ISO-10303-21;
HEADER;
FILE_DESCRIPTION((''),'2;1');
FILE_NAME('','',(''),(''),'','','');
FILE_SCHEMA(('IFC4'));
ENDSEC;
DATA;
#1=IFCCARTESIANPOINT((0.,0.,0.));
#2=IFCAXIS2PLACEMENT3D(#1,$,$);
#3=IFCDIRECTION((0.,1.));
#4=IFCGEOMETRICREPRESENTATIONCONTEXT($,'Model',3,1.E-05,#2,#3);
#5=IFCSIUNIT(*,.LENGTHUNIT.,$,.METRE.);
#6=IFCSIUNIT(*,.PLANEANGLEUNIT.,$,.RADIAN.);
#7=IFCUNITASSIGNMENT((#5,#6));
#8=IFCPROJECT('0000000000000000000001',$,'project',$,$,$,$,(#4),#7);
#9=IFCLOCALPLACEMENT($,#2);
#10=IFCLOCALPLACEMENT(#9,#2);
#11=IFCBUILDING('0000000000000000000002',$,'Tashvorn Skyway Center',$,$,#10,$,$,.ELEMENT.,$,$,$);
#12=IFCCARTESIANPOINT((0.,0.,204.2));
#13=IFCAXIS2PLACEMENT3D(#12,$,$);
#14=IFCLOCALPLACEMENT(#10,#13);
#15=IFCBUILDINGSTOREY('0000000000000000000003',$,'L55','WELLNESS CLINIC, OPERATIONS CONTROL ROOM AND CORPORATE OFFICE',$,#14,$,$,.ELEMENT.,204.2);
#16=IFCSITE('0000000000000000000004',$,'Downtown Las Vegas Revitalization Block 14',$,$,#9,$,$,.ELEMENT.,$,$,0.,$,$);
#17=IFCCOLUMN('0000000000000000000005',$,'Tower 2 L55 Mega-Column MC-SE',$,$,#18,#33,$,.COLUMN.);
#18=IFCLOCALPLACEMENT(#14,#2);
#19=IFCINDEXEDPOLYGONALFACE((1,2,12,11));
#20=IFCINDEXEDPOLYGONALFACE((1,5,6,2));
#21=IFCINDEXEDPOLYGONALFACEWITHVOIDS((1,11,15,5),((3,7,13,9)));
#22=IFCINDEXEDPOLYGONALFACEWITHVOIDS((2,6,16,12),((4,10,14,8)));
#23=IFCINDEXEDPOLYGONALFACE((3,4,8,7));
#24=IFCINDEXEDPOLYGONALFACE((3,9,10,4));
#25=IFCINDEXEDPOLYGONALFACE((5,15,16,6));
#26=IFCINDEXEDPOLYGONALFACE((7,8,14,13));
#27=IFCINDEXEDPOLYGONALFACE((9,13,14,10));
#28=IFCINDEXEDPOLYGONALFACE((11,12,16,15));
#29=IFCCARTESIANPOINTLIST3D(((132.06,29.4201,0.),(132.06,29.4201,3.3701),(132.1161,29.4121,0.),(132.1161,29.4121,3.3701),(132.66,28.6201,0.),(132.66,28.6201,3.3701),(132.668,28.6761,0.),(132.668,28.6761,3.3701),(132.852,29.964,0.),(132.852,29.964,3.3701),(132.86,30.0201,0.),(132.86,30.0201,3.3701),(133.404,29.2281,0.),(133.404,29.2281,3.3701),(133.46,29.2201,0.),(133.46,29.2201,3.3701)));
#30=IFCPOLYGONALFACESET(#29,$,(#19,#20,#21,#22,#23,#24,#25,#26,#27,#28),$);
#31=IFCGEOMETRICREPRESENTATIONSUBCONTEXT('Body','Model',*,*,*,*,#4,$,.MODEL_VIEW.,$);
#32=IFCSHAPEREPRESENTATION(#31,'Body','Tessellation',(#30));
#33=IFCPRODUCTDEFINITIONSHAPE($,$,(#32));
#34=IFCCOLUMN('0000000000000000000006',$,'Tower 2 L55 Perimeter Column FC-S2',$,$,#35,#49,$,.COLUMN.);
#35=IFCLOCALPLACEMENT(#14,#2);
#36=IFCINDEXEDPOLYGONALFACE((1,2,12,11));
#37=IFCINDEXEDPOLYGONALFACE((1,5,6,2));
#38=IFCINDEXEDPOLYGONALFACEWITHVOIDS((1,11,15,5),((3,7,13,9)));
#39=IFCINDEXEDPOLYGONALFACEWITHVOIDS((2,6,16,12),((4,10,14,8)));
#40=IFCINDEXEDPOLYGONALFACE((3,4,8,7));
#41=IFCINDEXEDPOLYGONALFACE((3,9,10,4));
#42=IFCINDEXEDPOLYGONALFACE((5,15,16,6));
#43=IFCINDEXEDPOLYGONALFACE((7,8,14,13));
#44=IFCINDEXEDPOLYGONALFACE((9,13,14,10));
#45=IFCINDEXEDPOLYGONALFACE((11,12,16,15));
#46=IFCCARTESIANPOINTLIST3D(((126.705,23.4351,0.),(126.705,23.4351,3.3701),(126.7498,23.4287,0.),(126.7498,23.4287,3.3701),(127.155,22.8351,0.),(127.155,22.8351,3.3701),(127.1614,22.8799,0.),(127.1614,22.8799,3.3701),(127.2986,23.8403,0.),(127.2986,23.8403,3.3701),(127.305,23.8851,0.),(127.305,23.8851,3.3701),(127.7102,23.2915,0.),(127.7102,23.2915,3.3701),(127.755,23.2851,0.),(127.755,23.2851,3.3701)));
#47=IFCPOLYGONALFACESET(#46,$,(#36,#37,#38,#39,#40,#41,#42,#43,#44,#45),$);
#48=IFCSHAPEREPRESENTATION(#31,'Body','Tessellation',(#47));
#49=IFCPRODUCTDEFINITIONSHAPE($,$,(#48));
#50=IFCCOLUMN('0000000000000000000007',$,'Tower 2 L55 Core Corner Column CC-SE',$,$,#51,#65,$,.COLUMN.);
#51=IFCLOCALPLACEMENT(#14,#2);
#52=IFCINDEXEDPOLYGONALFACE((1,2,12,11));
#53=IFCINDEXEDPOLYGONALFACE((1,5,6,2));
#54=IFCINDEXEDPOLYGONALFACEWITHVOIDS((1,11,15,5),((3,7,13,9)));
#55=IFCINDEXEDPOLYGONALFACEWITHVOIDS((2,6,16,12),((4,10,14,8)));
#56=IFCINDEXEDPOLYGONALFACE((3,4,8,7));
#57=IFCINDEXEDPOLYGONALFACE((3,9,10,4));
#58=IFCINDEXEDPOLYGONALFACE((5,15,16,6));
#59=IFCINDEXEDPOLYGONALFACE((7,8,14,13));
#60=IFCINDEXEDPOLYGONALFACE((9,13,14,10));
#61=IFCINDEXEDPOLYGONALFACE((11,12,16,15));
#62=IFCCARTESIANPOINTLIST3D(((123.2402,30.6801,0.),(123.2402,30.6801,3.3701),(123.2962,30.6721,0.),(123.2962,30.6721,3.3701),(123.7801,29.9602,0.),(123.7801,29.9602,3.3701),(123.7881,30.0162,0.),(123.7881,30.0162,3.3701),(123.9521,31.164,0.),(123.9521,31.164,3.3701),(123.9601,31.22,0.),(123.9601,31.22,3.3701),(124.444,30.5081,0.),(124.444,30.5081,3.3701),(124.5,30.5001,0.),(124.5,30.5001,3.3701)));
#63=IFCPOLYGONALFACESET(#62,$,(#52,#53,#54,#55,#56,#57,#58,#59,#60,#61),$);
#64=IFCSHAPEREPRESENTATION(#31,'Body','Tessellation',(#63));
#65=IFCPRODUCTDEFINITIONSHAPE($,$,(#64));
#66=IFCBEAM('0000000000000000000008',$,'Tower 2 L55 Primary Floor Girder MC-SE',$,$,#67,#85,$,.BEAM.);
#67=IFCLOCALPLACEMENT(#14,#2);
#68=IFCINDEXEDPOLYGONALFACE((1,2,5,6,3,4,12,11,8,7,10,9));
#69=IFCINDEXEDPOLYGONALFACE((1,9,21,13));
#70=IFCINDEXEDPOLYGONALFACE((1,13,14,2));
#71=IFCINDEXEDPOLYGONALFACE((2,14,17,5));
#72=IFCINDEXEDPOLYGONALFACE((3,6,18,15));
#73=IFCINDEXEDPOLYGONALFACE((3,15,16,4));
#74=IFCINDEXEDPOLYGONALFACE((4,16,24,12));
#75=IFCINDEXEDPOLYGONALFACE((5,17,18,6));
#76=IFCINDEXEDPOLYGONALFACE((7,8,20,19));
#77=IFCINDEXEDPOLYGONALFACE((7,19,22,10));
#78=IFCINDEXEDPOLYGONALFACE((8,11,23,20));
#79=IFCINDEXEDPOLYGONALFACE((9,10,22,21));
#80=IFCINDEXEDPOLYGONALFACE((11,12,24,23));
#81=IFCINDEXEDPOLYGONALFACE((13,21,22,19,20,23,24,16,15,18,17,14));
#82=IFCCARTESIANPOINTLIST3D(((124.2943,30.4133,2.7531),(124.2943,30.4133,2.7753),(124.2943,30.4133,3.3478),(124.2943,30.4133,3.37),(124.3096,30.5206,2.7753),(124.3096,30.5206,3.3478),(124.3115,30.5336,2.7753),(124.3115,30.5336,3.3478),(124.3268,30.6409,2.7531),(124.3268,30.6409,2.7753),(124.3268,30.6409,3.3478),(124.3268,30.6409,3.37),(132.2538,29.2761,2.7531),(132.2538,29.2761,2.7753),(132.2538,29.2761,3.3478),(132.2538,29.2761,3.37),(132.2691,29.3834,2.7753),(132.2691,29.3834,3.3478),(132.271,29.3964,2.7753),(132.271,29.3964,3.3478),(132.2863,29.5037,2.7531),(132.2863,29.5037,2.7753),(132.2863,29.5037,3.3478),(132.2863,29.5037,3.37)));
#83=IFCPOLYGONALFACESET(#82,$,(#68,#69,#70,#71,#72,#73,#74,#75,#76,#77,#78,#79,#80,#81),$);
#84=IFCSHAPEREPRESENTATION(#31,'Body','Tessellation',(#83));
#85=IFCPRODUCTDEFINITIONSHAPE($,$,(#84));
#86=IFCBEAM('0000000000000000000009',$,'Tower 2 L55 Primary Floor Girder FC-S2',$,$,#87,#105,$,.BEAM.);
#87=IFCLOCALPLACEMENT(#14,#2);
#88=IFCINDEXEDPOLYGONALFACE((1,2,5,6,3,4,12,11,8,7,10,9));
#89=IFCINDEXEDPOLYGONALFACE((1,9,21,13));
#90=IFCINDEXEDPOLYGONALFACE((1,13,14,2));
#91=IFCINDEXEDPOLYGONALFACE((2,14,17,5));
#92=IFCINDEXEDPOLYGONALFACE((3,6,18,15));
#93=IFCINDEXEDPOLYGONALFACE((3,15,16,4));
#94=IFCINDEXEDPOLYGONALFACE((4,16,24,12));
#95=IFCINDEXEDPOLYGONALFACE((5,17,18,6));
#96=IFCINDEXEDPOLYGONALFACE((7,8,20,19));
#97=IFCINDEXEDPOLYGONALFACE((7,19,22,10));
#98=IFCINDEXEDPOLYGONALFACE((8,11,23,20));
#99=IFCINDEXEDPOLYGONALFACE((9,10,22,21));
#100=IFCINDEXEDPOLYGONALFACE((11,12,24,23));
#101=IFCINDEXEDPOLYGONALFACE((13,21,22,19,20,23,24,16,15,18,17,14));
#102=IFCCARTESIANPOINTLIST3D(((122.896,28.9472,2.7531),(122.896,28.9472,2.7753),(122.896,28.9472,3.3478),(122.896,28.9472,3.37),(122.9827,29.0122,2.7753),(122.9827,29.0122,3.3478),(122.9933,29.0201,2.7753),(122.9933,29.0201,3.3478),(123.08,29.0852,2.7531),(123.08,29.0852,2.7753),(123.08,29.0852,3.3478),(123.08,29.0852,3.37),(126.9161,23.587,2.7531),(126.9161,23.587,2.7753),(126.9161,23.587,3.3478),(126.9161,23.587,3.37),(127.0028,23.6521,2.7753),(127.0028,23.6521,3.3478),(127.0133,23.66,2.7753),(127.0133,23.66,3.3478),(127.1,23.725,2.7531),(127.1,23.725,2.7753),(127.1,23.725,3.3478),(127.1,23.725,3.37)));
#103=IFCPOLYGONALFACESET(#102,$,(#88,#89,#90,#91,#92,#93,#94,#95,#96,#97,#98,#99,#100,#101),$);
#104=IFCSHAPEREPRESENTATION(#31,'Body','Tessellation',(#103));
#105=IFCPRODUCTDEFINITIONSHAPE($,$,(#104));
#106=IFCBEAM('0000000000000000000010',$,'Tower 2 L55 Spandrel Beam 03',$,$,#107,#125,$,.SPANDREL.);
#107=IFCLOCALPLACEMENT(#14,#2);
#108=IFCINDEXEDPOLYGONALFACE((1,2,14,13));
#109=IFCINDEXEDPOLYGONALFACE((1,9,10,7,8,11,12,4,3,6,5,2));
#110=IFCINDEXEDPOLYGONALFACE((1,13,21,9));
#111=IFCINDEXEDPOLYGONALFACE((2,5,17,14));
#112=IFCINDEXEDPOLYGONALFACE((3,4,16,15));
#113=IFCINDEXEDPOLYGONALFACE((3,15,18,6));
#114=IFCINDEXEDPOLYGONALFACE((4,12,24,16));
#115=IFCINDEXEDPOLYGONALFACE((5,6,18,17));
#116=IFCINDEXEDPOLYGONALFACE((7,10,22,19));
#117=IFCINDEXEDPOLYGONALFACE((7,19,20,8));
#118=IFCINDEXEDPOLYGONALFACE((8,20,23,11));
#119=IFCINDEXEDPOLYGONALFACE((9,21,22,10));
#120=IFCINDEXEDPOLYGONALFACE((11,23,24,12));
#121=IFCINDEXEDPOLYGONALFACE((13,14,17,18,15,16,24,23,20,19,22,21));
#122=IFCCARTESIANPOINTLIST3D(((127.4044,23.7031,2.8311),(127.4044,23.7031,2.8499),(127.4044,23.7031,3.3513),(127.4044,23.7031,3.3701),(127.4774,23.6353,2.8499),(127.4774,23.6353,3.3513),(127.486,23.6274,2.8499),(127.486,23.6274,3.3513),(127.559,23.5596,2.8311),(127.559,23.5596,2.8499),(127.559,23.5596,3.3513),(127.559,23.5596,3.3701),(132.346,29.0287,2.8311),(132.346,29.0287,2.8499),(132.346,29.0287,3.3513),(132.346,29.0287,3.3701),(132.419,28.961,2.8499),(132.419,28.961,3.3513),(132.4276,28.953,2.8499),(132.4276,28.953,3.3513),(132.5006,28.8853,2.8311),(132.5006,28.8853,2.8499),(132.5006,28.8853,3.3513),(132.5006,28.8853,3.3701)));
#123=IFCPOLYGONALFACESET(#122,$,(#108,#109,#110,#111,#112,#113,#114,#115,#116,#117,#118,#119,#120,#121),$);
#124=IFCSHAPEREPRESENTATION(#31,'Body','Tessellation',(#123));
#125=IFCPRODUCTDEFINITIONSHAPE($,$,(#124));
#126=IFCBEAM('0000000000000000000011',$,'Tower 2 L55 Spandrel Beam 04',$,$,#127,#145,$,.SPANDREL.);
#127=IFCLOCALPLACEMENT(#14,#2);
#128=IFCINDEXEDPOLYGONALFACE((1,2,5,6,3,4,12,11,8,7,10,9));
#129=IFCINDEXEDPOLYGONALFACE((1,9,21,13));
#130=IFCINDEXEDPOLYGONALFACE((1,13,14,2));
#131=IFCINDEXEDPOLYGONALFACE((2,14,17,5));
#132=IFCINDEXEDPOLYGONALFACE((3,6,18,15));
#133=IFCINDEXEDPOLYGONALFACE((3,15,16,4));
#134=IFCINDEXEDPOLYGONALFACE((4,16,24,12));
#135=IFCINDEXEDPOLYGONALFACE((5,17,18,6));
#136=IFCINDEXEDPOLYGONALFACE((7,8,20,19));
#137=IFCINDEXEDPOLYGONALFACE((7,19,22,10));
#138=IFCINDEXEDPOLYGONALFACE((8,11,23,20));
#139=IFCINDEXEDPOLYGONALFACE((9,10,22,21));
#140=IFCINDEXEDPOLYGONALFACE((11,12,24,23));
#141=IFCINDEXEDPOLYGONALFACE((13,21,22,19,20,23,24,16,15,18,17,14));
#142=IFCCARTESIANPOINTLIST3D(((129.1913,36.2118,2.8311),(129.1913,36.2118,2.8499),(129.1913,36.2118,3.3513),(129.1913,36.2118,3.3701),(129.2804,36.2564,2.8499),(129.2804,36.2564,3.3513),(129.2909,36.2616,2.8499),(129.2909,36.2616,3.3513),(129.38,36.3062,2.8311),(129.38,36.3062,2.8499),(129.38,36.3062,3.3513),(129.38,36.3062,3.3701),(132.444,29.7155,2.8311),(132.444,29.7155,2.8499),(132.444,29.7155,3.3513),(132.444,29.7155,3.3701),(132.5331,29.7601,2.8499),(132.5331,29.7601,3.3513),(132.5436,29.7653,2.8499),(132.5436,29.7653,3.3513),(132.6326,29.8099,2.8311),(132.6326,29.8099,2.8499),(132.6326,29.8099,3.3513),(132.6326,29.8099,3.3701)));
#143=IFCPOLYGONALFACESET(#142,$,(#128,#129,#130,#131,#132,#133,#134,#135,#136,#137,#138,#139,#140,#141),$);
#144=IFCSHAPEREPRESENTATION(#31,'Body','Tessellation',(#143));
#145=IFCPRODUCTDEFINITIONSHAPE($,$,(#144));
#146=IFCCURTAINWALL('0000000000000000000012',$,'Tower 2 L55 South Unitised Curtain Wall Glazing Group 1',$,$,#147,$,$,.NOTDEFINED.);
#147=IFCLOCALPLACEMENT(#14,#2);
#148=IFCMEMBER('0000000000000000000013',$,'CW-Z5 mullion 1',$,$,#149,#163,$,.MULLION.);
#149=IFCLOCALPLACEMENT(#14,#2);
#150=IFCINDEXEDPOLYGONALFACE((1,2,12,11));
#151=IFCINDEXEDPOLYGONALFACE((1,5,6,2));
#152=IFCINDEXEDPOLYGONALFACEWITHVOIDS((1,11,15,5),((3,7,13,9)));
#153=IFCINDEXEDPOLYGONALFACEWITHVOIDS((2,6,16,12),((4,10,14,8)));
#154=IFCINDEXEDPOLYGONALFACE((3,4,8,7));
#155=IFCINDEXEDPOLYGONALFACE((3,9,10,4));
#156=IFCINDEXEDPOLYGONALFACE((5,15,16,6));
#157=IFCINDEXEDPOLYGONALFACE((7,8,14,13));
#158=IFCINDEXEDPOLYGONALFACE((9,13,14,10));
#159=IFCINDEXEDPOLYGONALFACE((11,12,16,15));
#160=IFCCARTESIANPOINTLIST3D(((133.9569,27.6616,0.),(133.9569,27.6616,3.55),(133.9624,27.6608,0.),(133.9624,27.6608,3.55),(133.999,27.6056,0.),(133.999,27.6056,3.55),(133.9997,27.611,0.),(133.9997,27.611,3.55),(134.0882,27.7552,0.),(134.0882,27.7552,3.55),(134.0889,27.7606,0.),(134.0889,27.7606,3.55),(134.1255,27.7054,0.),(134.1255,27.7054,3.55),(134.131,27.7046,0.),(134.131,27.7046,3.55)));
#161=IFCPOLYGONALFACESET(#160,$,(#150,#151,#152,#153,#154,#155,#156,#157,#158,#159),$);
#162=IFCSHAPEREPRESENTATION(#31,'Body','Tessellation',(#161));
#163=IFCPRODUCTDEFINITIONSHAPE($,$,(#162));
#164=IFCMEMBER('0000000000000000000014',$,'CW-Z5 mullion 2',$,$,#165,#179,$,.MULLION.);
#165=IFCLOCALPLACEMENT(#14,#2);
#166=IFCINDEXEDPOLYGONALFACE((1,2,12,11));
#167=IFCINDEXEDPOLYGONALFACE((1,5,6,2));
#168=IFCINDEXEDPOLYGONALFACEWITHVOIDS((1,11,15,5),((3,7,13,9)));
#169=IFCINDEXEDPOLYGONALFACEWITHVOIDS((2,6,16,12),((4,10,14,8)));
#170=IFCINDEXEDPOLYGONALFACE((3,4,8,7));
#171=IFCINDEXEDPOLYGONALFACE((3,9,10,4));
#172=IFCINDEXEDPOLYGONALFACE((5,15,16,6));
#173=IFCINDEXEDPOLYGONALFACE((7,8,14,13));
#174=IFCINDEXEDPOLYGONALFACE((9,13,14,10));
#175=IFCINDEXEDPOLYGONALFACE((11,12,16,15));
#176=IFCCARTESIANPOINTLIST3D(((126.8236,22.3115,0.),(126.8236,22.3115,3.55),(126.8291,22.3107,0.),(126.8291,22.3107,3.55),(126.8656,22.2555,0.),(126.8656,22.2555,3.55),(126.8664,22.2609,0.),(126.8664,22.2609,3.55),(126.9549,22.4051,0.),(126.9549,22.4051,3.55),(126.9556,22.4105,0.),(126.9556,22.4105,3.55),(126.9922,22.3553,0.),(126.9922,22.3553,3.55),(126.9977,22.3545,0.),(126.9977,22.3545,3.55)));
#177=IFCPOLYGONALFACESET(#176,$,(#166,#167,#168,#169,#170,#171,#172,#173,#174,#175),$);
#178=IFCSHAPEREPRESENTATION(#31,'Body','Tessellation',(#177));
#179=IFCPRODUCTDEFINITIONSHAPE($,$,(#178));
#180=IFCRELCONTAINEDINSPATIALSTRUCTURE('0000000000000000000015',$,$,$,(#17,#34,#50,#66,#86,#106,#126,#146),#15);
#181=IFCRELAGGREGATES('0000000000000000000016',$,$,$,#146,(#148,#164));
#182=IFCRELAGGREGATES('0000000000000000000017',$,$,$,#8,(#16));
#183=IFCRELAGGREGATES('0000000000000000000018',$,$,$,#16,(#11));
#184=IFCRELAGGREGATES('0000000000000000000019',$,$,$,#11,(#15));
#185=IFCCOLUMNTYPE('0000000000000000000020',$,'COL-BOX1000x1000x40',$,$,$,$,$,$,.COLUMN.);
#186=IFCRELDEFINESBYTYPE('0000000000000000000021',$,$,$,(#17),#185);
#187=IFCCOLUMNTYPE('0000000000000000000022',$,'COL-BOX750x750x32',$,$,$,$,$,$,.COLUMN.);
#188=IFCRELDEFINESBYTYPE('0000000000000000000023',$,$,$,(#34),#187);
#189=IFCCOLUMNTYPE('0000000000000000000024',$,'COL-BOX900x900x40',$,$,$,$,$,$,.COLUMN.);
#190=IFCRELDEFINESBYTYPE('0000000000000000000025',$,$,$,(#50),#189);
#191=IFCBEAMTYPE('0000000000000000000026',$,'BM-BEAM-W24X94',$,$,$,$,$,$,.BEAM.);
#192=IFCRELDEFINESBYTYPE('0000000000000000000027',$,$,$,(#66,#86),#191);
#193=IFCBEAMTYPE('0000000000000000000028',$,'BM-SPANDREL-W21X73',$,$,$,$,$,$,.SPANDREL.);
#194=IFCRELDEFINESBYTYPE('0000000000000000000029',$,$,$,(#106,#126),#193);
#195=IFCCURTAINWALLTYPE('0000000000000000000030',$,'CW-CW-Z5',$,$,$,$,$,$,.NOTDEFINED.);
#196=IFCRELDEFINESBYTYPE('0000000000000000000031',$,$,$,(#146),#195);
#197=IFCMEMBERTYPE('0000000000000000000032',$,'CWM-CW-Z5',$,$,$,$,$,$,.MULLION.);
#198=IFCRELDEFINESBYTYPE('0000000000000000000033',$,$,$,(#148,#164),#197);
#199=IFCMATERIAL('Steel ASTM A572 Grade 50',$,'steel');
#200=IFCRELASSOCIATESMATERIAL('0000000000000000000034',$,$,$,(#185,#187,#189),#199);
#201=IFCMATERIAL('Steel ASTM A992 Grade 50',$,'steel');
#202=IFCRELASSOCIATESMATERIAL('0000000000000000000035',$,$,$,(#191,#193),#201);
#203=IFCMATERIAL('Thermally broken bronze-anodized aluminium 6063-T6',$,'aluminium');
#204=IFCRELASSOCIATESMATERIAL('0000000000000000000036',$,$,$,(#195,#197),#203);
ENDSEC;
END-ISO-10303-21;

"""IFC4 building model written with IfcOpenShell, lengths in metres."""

from ifc_helpers import new_model, si_unit, direction, frame, origin, origin_2d, place, context, subcontext, project, spatial, hollow_rectangle, i_section, extrude, material, material_profile, profile_set, type_object, element, aggregate, save


model = new_model("IFC4")

# Units and contexts
model_context = context("Model", 3, precision=1e-05, world=origin(), true_north=direction((0.0, 1.0)))
body_context = subcontext(model_context, "Body", "Model", "MODEL_VIEW")
ifc_project = project(units=[si_unit("LENGTHUNIT", "METRE"), si_unit("PLANEANGLEUNIT", "RADIAN")], contexts=[model_context])

# Site, building, storey
site_placement = place(None, origin())
site = spatial("IfcSite", under=ifc_project, at=site_placement, Name="Downtown Las Vegas Revitalization Block 14", CompositionType="ELEMENT", RefElevation=0.0)
building_placement = place(site_placement, origin())
building = spatial("IfcBuilding", under=site, at=building_placement, Name="Tashvorn Skyway Center", CompositionType="ELEMENT")
storey_placement = place(building_placement, frame((0.0, 0.0, 204.2)))
storey = spatial("IfcBuildingStorey", under=building, at=storey_placement, Name="L55", Description="WELLNESS CLINIC, OPERATIONS CONTROL ROOM AND CORPORATE OFFICE", CompositionType="ELEMENT", Elevation=204.2)

# Columns
ifc_material_1 = material(Name="Steel ASTM A572 Grade 50", Category="steel")
ifc_material_profile_1 = material_profile(ifc_material_1, hollow_rectangle(XDim=1.0, YDim=1.0, WallThickness=0.04, at=origin_2d()), Name="BOX1000x1000x40")
ifc_profile_set_1 = profile_set([ifc_material_profile_1], Name="Steel ASTM A572 Grade 50")
column_type_1 = type_object("IfcColumnType", Name="COL-BOX1000x1000x40", PredefinedType="COLUMN", material=ifc_profile_set_1)
column_1_placement = place(storey_placement, frame((132.76, 29.3201, 0.0), z_axis=(0.0, 0.0, 1.0), x_axis=(0.8, 0.6, 0.0)))
element("IfcColumn", 1, at=column_1_placement, inside=storey, type_object=column_type_1, Name="Tower 2 L55 Mega-Column MC-SE", PredefinedType="COLUMN", context=body_context, shape_type="SweptSolid", body=[
    extrude(hollow_rectangle(XDim=1.0, YDim=1.0, WallThickness=0.04, at=origin_2d()), origin(), (0.0, 0.0, 1.0), 3.3701),
])
ifc_material_profile_2 = material_profile(ifc_material_1, hollow_rectangle(XDim=0.75, YDim=0.75, WallThickness=0.032, at=origin_2d()), Name="BOX750x750x32")
ifc_profile_set_2 = profile_set([ifc_material_profile_2], Name="Steel ASTM A572 Grade 50")
column_type_2 = type_object("IfcColumnType", Name="COL-BOX750x750x32", PredefinedType="COLUMN", material=ifc_profile_set_2)
column_2_placement = place(storey_placement, frame((127.23, 23.3601, 0.0), z_axis=(0.0, 0.0, 1.0), x_axis=(0.8, 0.6, 0.0)))
element("IfcColumn", 2, at=column_2_placement, inside=storey, type_object=column_type_2, Name="Tower 2 L55 Perimeter Column FC-S2", PredefinedType="COLUMN", context=body_context, shape_type="SweptSolid", body=[
    extrude(hollow_rectangle(XDim=0.75, YDim=0.75, WallThickness=0.032, at=origin_2d()), origin(), (0.0, 0.0, 1.0), 3.3701),
])
ifc_material_profile_3 = material_profile(ifc_material_1, hollow_rectangle(XDim=0.8999, YDim=0.8999, WallThickness=0.04, at=origin_2d()), Name="BOX900x900x40")
ifc_profile_set_3 = profile_set([ifc_material_profile_3], Name="Steel ASTM A572 Grade 50")
column_type_3 = type_object("IfcColumnType", Name="COL-BOX900x900x40", PredefinedType="COLUMN", material=ifc_profile_set_3)
column_3_placement = place(storey_placement, frame((123.8701, 30.5901, 0.0), z_axis=(0.0, 0.0, 1.0), x_axis=(0.8, 0.6, 0.0)))
element("IfcColumn", 3, at=column_3_placement, inside=storey, type_object=column_type_3, Name="Tower 2 L55 Core Corner Column CC-SE", PredefinedType="COLUMN", context=body_context, shape_type="SweptSolid", body=[
    extrude(hollow_rectangle(XDim=0.8999, YDim=0.8999, WallThickness=0.04, at=origin_2d()), origin(), (0.0, 0.0, 1.0), 3.3701),
])

# Beams
ifc_material_2 = material(Name="Steel ASTM A992 Grade 50", Category="steel")
ifc_material_profile_4 = material_profile(ifc_material_2, i_section(OverallWidth=0.23, OverallDepth=0.6169, WebThickness=0.0132, FlangeThickness=0.0222, at=origin_2d()), Name="W24X94")
ifc_profile_set_4 = profile_set([ifc_material_profile_4], Name="Steel ASTM A992 Grade 50")
beam_type_1 = type_object("IfcBeamType", Name="BM-BEAM-W24X94", PredefinedType="BEAM", material=ifc_profile_set_4)
beam_1_placement = place(storey_placement, frame((132.27, 29.3899, 3.0615), z_axis=(-0.989947, 0.141438, 0.0), x_axis=(-0.141438, -0.989947, 0.0)))
element("IfcBeam", 4, at=beam_1_placement, inside=storey, type_object=beam_type_1, Name="Tower 2 L55 Primary Floor Girder MC-SE", PredefinedType="BEAM", context=body_context, shape_type="SweptSolid", body=[
    extrude(i_section(OverallWidth=0.23, OverallDepth=0.6169, WebThickness=0.0132, FlangeThickness=0.0222, at=origin_2d()), origin(), (0.0, 0.0, 1.0), 8.0403),
])
beam_2_placement = place(storey_placement, frame((127.0081, 23.656, 3.0615), z_axis=(-0.599994, 0.800004, 0.0), x_axis=(-0.800004, -0.599994, 0.0)))
element("IfcBeam", 5, at=beam_2_placement, inside=storey, type_object=beam_type_1, Name="Tower 2 L55 Primary Floor Girder FC-S2", PredefinedType="BEAM", context=body_context, shape_type="SweptSolid", body=[
    extrude(i_section(OverallWidth=0.23, OverallDepth=0.6169, WebThickness=0.0132, FlangeThickness=0.0222, at=origin_2d()), origin(), (0.0, 0.0, 1.0), 6.7002),
])
ifc_material_profile_5 = material_profile(ifc_material_2, i_section(OverallWidth=0.2109, OverallDepth=0.5391, WebThickness=0.0117, FlangeThickness=0.0188, at=origin_2d()), Name="W21X73")
ifc_profile_set_5 = profile_set([ifc_material_profile_5], Name="Steel ASTM A992 Grade 50")
beam_type_2 = type_object("IfcBeamType", Name="BM-SPANDREL-W21X73", PredefinedType="SPANDREL", material=ifc_profile_set_5)
for number, where, z_axis, x_axis, name in (
    (6, (127.4817, 23.6313, 3.1006), (0.680183, 0.733042, 0.0), (-0.733042, 0.680183, 0.0), "Tower 2 L55 Spandrel Beam 03"),
    (7, (132.5383, 29.7627, 3.1006), (-0.447711, 0.894178, 0.0), (-0.894178, -0.447711, 0.0), "Tower 2 L55 Spandrel Beam 04"),
):
    element("IfcBeam", number, at=place(storey_placement, frame(where, z_axis=z_axis, x_axis=x_axis)), inside=storey, type_object=beam_type_2, Name=name, PredefinedType="SPANDREL", context=body_context, shape_type="SweptSolid", body=[
        extrude(i_section(OverallWidth=0.2109, OverallDepth=0.5391, WebThickness=0.0117, FlangeThickness=0.0188, at=origin_2d()), origin(), (0.0, 0.0, 1.0), 7.2651),
    ])

# Curtain wall, members
ifc_material_3 = material(Name="Thermally broken bronze-anodized aluminium 6063-T6", Category="aluminium")
curtain_wall_type = type_object("IfcCurtainWallType", Name="CW-CW-Z5", PredefinedType="NOTDEFINED", material=ifc_material_3)
curtain_wall_1_placement = place(storey_placement, origin())
curtain_wall_1 = element("IfcCurtainWall", 8, at=curtain_wall_1_placement, inside=storey, type_object=curtain_wall_type, Name="Tower 2 L55 South Unitised Curtain Wall Glazing Group 1", PredefinedType="NOTDEFINED")
ifc_material_profile_6 = material_profile(ifc_material_3, hollow_rectangle(XDim=0.0701, YDim=0.165, WallThickness=0.0039, at=origin_2d()), Name="ALU-MULL-70x165")
ifc_profile_set_6 = profile_set([ifc_material_profile_6], Name="Thermally broken bronze-anodized aluminium 6063-T6")
member_type_1 = type_object("IfcMemberType", Name="CWM-CW-Z5", PredefinedType="MULLION", material=ifc_profile_set_6)
member_1_placement = place(storey_placement, frame((134.0439, 27.6831, 0.0), z_axis=(0.0, 0.0, 1.0), x_axis=(0.600002, -0.799999, 0.0)))
member_1 = element("IfcMember", 9, at=member_1_placement, type_object=member_type_1, Name="CW-Z5 mullion 1", PredefinedType="MULLION", context=body_context, shape_type="SweptSolid", body=[
    extrude(hollow_rectangle(XDim=0.0701, YDim=0.165, WallThickness=0.0039, at=origin_2d()), origin(), (0.0, 0.0, 1.0), 3.55),
])
member_2_placement = place(storey_placement, frame((126.9106, 22.333, 0.0), z_axis=(0.0, 0.0, 1.0), x_axis=(0.600002, -0.799999, 0.0)))
member_2 = element("IfcMember", 10, at=member_2_placement, type_object=member_type_1, Name="CW-Z5 mullion 2", PredefinedType="MULLION", context=body_context, shape_type="SweptSolid", body=[
    extrude(hollow_rectangle(XDim=0.0701, YDim=0.165, WallThickness=0.0039, at=origin_2d()), origin(), (0.0, 0.0, 1.0), 3.55),
])

aggregate(curtain_wall_1, [member_1, member_2])

save(model, "model.ifc")
